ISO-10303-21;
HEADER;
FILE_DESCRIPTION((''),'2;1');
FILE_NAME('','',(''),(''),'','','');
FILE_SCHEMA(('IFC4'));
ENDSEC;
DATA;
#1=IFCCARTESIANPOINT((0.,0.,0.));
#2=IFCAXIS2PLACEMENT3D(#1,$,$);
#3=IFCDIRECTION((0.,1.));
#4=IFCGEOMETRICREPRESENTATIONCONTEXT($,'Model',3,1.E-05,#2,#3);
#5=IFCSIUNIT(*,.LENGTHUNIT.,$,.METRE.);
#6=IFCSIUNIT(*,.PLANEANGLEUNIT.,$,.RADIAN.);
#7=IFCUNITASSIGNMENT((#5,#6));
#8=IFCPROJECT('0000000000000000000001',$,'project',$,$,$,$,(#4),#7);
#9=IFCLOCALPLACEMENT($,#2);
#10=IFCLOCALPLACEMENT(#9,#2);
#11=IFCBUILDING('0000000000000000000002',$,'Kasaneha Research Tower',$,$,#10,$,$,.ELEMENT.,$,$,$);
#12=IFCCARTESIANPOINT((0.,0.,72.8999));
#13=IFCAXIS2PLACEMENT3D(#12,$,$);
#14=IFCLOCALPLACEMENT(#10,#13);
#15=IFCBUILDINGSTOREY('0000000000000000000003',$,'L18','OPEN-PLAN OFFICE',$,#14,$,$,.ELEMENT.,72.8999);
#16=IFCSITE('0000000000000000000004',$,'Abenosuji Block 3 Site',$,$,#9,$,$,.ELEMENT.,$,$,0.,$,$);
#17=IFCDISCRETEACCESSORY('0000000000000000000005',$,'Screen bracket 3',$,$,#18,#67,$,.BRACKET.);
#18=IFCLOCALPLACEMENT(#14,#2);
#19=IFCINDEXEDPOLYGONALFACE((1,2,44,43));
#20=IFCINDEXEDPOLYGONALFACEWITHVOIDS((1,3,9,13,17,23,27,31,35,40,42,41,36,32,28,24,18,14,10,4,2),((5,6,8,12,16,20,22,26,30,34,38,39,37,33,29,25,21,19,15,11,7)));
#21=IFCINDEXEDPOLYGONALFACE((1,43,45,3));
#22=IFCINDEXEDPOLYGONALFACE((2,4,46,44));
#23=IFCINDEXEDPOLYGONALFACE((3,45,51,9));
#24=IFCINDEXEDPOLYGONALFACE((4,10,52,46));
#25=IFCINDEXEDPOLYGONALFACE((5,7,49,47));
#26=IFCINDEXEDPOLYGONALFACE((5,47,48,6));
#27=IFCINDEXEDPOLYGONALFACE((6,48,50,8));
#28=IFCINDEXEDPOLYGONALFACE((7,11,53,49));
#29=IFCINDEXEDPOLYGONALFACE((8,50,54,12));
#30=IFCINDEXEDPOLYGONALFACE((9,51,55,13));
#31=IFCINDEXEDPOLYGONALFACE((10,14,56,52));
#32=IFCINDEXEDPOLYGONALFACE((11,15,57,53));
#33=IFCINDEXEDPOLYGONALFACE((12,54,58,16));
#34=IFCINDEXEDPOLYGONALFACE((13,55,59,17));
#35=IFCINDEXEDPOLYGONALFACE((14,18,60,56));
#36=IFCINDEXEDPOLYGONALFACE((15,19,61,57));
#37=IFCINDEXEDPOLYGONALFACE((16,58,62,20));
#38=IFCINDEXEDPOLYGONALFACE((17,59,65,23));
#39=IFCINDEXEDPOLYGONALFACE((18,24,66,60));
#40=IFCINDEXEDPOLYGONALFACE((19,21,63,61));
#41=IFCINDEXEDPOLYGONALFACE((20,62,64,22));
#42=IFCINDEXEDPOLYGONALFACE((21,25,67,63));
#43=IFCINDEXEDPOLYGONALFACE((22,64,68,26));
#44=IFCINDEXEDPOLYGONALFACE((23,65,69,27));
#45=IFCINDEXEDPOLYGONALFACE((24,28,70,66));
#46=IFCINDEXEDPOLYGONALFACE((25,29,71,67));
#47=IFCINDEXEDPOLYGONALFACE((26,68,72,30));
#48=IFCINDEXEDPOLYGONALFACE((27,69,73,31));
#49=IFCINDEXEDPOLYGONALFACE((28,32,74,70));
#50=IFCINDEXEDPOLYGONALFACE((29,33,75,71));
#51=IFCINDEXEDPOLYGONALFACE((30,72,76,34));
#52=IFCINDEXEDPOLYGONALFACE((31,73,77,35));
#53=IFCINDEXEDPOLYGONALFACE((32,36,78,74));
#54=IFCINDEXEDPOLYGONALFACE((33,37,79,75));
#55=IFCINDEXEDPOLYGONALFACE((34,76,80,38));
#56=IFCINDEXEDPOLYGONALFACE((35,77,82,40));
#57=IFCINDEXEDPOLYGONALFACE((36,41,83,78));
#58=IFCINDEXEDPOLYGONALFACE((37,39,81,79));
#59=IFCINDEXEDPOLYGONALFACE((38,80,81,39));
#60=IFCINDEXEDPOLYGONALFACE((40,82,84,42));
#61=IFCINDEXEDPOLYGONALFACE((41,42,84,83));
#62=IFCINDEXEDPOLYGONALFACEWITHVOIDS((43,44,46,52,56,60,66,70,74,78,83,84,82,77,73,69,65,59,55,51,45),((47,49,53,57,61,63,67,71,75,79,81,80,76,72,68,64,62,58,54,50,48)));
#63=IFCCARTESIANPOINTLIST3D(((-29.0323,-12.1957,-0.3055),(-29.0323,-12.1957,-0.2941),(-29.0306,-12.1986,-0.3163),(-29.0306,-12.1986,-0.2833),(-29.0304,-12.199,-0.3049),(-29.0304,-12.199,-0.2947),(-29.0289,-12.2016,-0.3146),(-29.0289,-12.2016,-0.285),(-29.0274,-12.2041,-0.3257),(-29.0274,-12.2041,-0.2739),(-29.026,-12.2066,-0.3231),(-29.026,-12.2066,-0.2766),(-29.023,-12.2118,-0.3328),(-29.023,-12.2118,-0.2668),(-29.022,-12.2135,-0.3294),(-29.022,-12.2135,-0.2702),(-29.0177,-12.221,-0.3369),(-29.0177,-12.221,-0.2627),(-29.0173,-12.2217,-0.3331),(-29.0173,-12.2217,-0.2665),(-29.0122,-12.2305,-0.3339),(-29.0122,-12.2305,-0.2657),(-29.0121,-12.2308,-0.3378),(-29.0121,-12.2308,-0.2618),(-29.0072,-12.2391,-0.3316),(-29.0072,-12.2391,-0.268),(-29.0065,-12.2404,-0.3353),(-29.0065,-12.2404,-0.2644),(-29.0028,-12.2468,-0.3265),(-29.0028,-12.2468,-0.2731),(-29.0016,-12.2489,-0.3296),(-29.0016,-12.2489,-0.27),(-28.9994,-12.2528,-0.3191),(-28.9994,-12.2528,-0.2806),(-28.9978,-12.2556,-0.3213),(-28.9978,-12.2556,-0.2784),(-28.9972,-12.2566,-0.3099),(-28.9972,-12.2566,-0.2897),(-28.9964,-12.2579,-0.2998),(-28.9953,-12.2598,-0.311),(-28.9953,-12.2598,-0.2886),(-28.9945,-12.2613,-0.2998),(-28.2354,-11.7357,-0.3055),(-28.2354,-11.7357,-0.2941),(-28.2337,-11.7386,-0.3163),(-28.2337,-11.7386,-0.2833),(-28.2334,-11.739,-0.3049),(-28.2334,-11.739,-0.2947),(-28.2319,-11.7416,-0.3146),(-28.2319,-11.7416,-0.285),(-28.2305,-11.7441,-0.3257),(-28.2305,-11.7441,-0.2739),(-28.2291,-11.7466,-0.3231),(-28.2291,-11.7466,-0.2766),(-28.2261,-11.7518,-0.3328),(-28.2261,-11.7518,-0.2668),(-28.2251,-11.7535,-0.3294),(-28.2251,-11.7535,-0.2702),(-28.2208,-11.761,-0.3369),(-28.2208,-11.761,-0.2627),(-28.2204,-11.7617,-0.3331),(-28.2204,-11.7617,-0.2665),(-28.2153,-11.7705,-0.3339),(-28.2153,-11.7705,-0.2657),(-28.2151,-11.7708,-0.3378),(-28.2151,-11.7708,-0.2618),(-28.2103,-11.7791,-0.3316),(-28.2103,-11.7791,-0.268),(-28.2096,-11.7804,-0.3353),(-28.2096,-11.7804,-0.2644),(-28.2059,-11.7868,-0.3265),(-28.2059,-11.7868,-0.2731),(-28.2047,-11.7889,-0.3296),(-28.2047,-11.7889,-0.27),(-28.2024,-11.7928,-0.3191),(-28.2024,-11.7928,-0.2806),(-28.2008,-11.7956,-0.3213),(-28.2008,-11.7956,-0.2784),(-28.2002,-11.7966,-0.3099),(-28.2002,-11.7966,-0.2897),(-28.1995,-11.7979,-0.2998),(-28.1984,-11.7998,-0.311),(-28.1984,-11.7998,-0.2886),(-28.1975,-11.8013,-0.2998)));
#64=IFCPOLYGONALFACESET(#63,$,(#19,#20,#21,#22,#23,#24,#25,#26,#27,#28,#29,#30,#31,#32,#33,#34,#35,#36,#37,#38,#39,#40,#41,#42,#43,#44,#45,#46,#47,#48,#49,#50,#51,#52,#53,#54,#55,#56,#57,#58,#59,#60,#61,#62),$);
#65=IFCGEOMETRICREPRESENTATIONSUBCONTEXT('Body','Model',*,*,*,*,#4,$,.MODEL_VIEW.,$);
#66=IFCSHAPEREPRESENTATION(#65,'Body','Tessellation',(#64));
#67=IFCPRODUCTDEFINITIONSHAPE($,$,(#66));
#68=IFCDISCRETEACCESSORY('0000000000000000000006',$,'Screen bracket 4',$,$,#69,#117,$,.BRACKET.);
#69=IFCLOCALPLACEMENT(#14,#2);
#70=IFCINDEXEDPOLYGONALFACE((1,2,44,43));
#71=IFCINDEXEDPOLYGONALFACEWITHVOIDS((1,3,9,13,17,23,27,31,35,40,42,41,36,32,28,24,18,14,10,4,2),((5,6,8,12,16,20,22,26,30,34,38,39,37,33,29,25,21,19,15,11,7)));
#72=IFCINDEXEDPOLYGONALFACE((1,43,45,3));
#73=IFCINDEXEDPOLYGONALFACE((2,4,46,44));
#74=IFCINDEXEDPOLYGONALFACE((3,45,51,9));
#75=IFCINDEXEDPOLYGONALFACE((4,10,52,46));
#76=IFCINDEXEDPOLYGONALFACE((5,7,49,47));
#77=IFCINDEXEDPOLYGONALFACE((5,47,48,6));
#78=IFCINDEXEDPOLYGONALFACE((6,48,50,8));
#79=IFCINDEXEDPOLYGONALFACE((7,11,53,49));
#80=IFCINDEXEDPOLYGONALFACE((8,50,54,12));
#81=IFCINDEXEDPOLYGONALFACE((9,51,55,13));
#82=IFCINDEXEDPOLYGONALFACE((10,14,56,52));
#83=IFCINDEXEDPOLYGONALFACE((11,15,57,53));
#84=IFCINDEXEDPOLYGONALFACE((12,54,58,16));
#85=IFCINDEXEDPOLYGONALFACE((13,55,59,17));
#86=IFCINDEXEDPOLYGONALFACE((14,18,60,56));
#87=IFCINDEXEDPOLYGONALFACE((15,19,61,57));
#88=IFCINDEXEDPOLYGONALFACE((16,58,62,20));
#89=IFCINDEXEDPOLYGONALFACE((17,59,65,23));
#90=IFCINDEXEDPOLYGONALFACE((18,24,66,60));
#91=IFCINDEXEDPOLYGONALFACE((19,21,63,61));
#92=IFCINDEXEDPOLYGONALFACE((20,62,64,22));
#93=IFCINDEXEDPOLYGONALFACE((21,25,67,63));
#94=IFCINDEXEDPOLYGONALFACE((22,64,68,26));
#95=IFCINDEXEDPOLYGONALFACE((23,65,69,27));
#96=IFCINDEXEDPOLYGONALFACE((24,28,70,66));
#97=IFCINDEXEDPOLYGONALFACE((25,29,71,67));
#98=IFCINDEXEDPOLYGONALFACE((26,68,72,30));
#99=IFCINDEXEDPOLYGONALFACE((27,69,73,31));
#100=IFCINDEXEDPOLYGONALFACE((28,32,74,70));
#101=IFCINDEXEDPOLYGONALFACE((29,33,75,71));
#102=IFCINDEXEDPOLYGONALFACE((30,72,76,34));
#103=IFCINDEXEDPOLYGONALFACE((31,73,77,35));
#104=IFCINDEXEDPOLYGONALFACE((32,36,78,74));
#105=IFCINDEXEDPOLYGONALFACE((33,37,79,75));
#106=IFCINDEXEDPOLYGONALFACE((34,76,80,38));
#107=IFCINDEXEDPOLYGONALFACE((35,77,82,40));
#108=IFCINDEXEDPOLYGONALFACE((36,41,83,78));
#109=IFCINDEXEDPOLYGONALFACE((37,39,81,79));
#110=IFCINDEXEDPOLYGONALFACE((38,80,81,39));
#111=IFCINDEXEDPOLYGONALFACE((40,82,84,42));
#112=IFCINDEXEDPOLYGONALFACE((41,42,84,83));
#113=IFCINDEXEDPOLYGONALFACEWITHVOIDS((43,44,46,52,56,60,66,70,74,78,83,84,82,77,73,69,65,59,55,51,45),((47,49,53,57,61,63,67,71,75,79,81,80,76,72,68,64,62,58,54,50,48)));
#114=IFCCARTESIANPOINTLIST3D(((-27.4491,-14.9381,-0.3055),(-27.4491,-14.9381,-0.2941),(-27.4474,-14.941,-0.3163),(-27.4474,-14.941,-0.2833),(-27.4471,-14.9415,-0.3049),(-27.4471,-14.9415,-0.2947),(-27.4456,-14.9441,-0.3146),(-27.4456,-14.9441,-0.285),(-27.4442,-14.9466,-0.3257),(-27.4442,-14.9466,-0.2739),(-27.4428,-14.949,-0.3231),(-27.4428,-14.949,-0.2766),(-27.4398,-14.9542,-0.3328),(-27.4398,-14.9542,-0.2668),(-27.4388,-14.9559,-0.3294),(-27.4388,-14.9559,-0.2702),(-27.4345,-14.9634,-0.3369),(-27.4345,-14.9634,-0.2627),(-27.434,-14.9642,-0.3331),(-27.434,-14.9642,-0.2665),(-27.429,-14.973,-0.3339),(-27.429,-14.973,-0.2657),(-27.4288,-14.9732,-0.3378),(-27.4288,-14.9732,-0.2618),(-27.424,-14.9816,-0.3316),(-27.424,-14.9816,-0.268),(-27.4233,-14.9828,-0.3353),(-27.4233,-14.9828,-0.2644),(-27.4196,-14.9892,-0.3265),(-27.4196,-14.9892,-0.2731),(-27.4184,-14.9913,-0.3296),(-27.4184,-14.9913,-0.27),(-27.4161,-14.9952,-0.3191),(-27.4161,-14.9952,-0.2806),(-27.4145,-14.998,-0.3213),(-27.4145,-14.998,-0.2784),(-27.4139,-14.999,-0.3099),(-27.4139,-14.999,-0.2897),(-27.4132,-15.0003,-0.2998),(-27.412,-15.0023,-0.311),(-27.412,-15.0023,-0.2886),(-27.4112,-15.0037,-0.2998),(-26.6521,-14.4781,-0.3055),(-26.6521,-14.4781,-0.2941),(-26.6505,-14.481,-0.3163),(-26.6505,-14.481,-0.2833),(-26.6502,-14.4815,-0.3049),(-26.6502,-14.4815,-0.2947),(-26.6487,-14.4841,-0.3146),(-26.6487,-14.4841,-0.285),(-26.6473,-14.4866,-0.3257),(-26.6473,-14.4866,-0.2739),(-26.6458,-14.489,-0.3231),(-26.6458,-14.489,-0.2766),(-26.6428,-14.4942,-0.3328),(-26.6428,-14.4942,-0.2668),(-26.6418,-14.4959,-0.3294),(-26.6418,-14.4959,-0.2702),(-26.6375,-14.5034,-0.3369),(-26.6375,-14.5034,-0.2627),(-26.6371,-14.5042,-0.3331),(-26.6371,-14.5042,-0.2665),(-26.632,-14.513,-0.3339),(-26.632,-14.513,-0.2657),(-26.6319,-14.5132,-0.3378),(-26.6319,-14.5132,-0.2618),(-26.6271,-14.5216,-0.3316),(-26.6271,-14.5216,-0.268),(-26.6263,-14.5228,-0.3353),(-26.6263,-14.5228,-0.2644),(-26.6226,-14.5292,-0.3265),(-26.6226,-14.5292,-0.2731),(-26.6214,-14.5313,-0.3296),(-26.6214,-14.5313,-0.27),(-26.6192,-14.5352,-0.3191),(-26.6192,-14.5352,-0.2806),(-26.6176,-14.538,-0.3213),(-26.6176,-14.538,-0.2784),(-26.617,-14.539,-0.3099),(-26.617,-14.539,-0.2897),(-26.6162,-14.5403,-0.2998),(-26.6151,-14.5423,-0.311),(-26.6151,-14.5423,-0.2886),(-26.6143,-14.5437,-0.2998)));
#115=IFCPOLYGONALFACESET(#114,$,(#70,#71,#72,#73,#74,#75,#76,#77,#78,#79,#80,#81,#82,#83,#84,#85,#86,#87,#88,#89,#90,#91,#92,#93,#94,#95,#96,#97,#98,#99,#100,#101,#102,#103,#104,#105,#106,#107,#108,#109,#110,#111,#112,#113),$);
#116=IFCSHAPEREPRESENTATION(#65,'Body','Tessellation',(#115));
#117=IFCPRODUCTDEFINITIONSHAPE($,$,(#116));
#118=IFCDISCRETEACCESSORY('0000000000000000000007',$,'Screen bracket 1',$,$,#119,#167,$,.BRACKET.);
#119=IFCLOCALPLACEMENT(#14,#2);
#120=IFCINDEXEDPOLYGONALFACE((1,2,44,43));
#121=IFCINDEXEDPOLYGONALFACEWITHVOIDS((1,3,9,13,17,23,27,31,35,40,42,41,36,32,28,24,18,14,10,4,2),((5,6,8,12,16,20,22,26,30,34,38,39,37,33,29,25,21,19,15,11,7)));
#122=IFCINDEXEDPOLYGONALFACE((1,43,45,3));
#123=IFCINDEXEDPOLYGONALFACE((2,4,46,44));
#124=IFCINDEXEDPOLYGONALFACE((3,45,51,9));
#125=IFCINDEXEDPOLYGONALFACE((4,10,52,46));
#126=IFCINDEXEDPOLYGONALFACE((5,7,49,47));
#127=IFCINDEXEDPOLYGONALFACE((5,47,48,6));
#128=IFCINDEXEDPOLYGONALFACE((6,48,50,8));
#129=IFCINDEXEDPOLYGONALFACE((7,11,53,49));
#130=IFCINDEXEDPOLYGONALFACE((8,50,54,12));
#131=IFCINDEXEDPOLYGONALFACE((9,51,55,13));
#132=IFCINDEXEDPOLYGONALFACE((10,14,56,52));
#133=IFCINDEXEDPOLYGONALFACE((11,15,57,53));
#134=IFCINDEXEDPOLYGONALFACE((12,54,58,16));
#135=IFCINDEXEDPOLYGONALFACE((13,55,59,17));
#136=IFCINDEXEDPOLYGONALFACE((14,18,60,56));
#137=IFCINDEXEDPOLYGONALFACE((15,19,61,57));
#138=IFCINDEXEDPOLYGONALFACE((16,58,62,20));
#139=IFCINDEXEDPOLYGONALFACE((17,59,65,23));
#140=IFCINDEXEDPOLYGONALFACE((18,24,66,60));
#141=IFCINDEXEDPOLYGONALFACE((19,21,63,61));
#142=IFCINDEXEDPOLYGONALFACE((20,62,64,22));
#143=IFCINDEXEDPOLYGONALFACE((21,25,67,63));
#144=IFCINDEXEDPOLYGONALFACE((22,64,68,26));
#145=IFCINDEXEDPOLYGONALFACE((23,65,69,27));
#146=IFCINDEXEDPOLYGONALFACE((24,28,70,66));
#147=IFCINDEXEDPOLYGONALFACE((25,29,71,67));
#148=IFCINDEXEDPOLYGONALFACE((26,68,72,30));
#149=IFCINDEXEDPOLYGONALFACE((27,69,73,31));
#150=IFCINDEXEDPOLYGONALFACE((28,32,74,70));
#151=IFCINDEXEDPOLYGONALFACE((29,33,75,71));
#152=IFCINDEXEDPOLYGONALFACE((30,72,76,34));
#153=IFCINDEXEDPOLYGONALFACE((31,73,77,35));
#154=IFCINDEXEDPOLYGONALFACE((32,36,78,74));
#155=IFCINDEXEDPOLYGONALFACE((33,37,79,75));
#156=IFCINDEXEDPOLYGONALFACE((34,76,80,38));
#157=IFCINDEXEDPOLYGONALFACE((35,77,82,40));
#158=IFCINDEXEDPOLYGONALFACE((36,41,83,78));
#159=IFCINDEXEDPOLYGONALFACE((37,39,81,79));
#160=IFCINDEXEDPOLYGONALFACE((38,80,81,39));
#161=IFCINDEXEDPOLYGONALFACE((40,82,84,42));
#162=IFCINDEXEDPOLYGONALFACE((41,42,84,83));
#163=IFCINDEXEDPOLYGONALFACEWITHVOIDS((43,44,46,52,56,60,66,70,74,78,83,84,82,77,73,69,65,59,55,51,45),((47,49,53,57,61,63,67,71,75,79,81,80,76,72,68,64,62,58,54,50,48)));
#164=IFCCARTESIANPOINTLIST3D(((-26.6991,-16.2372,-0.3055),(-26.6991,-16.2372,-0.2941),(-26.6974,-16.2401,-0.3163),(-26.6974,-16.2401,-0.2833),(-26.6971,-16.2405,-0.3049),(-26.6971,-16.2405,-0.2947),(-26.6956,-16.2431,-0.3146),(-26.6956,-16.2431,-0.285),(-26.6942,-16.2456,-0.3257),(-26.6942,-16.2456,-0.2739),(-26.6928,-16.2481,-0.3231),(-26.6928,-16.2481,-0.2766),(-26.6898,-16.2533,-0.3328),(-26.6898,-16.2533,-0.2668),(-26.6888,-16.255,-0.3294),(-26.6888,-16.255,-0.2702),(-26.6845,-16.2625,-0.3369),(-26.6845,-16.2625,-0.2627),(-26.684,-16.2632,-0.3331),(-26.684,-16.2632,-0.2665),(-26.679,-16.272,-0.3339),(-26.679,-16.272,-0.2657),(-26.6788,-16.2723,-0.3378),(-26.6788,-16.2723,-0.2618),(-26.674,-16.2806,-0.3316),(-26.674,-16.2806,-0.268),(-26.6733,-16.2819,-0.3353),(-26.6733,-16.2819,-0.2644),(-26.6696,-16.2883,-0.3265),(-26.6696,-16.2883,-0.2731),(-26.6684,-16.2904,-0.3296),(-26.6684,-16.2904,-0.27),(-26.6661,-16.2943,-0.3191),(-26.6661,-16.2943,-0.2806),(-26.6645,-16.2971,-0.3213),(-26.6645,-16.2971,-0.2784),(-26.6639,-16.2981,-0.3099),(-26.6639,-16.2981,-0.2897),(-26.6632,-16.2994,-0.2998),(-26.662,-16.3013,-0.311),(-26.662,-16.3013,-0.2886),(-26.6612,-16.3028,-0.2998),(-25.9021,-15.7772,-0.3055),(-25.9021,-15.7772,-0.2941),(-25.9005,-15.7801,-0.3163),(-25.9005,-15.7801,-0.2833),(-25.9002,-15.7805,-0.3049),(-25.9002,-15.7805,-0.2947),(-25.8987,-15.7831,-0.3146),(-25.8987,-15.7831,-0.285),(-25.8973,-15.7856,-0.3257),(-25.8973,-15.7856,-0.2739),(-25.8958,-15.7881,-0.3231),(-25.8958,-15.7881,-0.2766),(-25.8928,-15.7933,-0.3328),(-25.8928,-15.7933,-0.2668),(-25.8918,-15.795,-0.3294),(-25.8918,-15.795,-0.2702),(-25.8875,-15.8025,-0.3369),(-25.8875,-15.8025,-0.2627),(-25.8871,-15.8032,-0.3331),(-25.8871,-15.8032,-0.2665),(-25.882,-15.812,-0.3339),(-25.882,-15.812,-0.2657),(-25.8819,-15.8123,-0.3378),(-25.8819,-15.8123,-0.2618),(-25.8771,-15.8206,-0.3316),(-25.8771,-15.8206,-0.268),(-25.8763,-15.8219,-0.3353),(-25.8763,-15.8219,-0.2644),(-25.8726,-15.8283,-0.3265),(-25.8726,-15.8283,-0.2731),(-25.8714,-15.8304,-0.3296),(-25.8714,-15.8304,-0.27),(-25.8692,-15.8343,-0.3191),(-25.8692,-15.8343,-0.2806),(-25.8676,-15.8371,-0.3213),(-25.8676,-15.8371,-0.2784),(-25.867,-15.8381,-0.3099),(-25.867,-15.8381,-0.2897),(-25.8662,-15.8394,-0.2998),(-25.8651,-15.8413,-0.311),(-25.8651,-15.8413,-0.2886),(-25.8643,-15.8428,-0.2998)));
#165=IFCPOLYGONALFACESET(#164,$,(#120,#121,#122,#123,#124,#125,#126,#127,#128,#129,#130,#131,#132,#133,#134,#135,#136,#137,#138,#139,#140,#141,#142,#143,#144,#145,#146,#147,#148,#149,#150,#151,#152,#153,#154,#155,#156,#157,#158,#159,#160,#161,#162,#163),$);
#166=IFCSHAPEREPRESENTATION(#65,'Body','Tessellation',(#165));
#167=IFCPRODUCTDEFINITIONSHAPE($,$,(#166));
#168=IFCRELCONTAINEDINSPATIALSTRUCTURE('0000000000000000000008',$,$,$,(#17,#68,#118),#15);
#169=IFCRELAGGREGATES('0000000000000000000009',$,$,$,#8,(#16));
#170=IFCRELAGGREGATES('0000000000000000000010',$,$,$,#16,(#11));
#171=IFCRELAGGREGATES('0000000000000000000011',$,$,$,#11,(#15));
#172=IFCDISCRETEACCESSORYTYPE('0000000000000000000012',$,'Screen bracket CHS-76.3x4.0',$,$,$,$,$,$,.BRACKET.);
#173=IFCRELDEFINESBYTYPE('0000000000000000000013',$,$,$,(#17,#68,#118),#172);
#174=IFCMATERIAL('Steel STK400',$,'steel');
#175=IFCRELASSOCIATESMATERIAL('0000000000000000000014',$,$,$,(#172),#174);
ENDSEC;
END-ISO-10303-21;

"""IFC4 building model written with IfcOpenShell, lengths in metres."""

from ifc_helpers import new_model, si_unit, direction, frame, origin, origin_2d, place, context, subcontext, project, spatial, hollow_circle, extrude, material, material_profile, profile_set, type_object, element, save


model = new_model("IFC4")

# Units and contexts
model_context = context("Model", 3, precision=1e-05, world=origin(), true_north=direction((0.0, 1.0)))
body_context = subcontext(model_context, "Body", "Model", "MODEL_VIEW")
ifc_project = project(units=[si_unit("LENGTHUNIT", "METRE"), si_unit("PLANEANGLEUNIT", "RADIAN")], contexts=[model_context])

# Site, building, storey
site_placement = place(None, origin())
site = spatial("IfcSite", under=ifc_project, at=site_placement, Name="Abenosuji Block 3 Site", CompositionType="ELEMENT", RefElevation=0.0)
building_placement = place(site_placement, origin())
building = spatial("IfcBuilding", under=site, at=building_placement, Name="Kasaneha Research Tower", CompositionType="ELEMENT")
storey_placement = place(building_placement, frame((0.0, 0.0, 72.8999)))
storey = spatial("IfcBuildingStorey", under=building, at=storey_placement, Name="L18", Description="OPEN-PLAN OFFICE", CompositionType="ELEMENT", Elevation=72.8999)

# Discrete accessories
ifc_material_1 = material(Name="Steel STK400", Category="steel")
ifc_material_profile_1 = material_profile(ifc_material_1, hollow_circle(Radius=0.0381, WallThickness=0.0039, at=origin_2d()), Name="CHS-76.3x4.0")
ifc_profile_set_1 = profile_set([ifc_material_profile_1], Name="Steel STK400")
discrete_accessory_type = type_object("IfcDiscreteAccessoryType", Name="Screen bracket CHS-76.3x4.0", PredefinedType="BRACKET", material=ifc_profile_set_1)
for number, where, z_axis, x_axis, name in (
    (1, (-28.2166, -11.7683, -0.2998), (-0.86608, -0.499906, 0.0), (0.499906, -0.86608, 0.0), "Screen bracket 3"),
    (2, (-26.6333, -14.5107, -0.2998), (-0.86608, -0.499906, 0.0), (0.499906, -0.86608, 0.0), "Screen bracket 4"),
    (3, (-25.8833, -15.8098, -0.2998), (-0.86608, -0.499906, 0.0), (0.499906, -0.86608, 0.0), "Screen bracket 1"),
):
    element("IfcDiscreteAccessory", number, at=place(storey_placement, frame(where, z_axis=z_axis, x_axis=x_axis)), inside=storey, type_object=discrete_accessory_type, Name=name, PredefinedType="BRACKET", context=body_context, shape_type="SweptSolid", body=[
        extrude(hollow_circle(Radius=0.0381, WallThickness=0.0039, at=origin_2d()), origin(), (0.0, 0.0, 1.0), 0.9202),
    ])

save(model, "model.ifc")
